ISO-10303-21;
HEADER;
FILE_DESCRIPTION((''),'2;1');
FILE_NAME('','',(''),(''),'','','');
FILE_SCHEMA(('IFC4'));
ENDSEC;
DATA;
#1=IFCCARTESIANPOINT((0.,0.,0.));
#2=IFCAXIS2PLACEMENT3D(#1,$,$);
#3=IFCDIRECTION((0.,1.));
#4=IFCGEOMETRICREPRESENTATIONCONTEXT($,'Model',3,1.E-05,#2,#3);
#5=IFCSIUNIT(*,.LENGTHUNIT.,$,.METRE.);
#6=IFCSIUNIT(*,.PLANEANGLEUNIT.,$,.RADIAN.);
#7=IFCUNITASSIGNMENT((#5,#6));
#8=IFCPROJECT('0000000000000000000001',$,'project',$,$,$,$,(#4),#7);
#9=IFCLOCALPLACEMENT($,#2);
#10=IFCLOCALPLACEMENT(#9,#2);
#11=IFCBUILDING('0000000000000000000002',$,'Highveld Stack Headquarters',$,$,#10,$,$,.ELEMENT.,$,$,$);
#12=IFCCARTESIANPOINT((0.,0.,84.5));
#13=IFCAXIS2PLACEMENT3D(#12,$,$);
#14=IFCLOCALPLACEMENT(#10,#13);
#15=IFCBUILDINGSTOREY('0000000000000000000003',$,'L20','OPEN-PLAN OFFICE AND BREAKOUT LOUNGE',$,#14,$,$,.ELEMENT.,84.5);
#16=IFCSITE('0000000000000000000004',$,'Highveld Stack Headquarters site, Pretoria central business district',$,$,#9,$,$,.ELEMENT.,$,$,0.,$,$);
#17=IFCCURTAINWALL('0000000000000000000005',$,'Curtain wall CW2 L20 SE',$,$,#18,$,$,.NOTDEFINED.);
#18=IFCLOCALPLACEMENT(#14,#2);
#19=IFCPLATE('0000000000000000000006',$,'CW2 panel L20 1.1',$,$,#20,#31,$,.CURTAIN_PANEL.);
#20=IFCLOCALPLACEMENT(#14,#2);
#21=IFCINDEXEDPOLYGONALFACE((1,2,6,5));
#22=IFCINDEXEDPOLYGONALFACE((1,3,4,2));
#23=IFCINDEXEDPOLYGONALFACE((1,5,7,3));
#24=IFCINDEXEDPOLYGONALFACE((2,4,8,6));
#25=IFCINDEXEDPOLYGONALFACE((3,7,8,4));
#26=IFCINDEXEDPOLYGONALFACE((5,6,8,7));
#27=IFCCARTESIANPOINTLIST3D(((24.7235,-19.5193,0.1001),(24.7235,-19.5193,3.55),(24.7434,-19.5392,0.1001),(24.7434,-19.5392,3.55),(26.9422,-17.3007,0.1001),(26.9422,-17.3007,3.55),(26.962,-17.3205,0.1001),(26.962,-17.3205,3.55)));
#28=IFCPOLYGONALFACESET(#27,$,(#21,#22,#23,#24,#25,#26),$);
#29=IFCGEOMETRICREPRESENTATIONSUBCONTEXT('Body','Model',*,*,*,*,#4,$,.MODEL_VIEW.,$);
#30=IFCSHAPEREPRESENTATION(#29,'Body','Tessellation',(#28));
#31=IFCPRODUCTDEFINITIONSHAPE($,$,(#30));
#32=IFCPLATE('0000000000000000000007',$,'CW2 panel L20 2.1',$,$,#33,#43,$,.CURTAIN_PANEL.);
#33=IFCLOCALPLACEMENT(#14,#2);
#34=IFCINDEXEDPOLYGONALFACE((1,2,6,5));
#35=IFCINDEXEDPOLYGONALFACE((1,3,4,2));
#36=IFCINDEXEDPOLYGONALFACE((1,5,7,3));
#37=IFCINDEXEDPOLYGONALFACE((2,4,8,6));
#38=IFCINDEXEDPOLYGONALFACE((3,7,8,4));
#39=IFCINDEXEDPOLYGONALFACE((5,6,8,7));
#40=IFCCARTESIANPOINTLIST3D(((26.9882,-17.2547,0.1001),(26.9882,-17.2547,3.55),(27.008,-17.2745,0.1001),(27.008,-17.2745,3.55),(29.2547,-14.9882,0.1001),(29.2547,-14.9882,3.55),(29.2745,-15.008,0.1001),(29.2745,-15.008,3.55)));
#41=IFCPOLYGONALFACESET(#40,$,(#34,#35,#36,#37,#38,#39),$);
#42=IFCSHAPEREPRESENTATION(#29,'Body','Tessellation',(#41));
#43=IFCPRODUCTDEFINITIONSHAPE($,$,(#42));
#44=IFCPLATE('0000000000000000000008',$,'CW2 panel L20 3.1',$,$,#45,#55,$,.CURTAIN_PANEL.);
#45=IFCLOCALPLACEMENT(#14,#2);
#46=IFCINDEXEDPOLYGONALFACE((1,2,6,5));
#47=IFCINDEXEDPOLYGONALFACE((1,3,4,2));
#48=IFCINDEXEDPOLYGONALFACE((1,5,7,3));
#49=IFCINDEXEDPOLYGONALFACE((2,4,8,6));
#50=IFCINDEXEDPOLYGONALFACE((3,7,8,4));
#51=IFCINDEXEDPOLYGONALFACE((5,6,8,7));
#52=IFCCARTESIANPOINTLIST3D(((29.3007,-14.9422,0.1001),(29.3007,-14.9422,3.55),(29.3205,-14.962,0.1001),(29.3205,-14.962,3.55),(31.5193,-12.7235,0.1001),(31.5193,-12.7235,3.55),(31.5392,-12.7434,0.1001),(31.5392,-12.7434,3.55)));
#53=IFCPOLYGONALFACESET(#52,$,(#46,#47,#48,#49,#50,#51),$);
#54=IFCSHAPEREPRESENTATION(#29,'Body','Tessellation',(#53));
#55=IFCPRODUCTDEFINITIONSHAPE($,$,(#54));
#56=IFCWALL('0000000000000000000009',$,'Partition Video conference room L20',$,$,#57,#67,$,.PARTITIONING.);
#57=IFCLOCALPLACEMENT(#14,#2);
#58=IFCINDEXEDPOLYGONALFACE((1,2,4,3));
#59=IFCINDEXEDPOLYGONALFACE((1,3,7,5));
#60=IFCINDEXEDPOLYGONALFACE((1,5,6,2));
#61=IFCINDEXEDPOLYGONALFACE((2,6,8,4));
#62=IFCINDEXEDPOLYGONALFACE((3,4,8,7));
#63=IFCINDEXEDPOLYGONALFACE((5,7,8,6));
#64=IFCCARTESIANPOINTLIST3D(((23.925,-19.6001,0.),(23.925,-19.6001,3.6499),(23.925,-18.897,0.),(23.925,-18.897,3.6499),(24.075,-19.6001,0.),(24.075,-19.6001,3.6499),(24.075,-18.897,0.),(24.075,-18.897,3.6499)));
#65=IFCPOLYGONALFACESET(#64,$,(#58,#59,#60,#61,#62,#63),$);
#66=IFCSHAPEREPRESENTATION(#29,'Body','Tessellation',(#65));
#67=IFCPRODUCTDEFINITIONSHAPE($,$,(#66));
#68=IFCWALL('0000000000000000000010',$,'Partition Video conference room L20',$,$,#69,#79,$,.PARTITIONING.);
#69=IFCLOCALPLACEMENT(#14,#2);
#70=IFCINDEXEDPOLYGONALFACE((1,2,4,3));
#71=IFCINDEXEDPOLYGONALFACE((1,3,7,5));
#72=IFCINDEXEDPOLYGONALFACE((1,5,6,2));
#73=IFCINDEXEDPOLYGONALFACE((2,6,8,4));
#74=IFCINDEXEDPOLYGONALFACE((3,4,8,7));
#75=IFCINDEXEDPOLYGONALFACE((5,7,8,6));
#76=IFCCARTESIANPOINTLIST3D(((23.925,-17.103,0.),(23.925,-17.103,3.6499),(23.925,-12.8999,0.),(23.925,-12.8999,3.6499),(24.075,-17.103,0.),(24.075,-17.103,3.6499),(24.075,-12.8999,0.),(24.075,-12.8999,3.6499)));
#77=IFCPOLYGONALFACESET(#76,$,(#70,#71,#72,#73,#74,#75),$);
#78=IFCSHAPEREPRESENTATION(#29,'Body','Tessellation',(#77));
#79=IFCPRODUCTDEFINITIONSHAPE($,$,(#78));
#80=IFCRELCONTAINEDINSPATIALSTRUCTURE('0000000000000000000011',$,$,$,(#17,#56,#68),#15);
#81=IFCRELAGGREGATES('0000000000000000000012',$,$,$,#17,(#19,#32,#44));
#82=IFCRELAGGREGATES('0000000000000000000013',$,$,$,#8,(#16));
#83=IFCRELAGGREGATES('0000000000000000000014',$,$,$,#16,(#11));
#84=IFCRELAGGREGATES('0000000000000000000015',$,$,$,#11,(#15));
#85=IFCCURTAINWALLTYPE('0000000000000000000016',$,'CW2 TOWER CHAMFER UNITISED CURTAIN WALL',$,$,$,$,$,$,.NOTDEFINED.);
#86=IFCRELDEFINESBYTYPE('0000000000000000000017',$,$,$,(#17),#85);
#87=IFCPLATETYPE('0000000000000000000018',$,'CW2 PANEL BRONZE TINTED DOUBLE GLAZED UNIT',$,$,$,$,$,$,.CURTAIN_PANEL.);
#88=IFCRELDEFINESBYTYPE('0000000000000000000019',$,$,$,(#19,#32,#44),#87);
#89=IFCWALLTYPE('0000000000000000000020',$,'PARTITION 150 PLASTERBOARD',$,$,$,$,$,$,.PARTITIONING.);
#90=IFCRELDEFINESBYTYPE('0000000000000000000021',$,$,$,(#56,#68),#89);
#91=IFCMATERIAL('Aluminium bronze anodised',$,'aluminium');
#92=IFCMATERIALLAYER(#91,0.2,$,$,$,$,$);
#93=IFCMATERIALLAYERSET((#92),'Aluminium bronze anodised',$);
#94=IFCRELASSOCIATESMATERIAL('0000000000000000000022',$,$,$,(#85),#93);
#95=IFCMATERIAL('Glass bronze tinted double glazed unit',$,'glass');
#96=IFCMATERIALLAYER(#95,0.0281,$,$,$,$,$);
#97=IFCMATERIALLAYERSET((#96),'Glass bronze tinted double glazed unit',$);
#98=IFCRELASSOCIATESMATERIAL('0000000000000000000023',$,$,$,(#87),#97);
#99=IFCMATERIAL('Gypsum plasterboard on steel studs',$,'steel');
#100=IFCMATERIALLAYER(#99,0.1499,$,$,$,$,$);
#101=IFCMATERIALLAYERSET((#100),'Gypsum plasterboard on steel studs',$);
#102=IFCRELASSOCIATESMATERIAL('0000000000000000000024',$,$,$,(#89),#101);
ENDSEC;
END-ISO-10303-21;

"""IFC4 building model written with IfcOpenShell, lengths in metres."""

from ifc_helpers import new_model, si_unit, direction, frame, frame_2d, origin, origin_2d, place, context, subcontext, project, spatial, rectangle, extrude, material, layer, layer_set, type_object, element, aggregate, save


model = new_model("IFC4")

# Units and contexts
model_context = context("Model", 3, precision=1e-05, world=origin(), true_north=direction((0.0, 1.0)))
body_context = subcontext(model_context, "Body", "Model", "MODEL_VIEW")
ifc_project = project(units=[si_unit("LENGTHUNIT", "METRE"), si_unit("PLANEANGLEUNIT", "RADIAN")], contexts=[model_context])

# Site, building, storey
site_placement = place(None, origin())
site = spatial("IfcSite", under=ifc_project, at=site_placement, Name="Highveld Stack Headquarters site, Pretoria central business district", CompositionType="ELEMENT", RefElevation=0.0)
building_placement = place(site_placement, origin())
building = spatial("IfcBuilding", under=site, at=building_placement, Name="Highveld Stack Headquarters", CompositionType="ELEMENT")
storey_placement = place(building_placement, frame((0.0, 0.0, 84.5)))
storey = spatial("IfcBuildingStorey", under=building, at=storey_placement, Name="L20", Description="OPEN-PLAN OFFICE AND BREAKOUT LOUNGE", CompositionType="ELEMENT", Elevation=84.5)

# Curtain wall
ifc_material_1 = material(Name="Aluminium bronze anodised", Category="aluminium")
ifc_layer_1 = layer(ifc_material_1, 0.2)
ifc_layer_set_1 = layer_set([ifc_layer_1], Name="Aluminium bronze anodised")
curtain_wall_type_1 = type_object("IfcCurtainWallType", Name="CW2 TOWER CHAMFER UNITISED CURTAIN WALL", PredefinedType="NOTDEFINED", material=ifc_layer_set_1)
curtain_wall_1_placement = place(storey_placement, origin())
curtain_wall_1 = element("IfcCurtainWall", 1, at=curtain_wall_1_placement, inside=storey, type_object=curtain_wall_type_1, Name="Curtain wall CW2 L20 SE", PredefinedType="NOTDEFINED")

# Plates
ifc_material_2 = material(Name="Glass bronze tinted double glazed unit", Category="glass")
ifc_layer_2 = layer(ifc_material_2, 0.0281)
ifc_layer_set_2 = layer_set([ifc_layer_2], Name="Glass bronze tinted double glazed unit")
plate_type_1 = type_object("IfcPlateType", Name="CW2 PANEL BRONZE TINTED DOUBLE GLAZED UNIT", PredefinedType="CURTAIN_PANEL", material=ifc_layer_set_2)
plate_1_placement = place(storey_placement, frame((25.8428, -18.4199, 0.1001), z_axis=(0.0, 0.0, 1.0), x_axis=(0.707107, 0.707107, 0.0)))
plate_1 = element("IfcPlate", 2, at=plate_1_placement, type_object=plate_type_1, Name="CW2 panel L20 1.1", PredefinedType="CURTAIN_PANEL", context=body_context, shape_type="SweptSolid", body=[
    extrude(rectangle(XDim=3.1377, YDim=0.0281, at=origin_2d()), origin(), (0.0, 0.0, 1.0), 3.45),
])
plate_2_placement = place(storey_placement, frame((28.1313, -16.1313, 0.1001), z_axis=(0.0, 0.0, 1.0), x_axis=(0.707107, 0.707107, 0.0)))
plate_2 = element("IfcPlate", 3, at=plate_2_placement, type_object=plate_type_1, Name="CW2 panel L20 2.1", PredefinedType="CURTAIN_PANEL", context=body_context, shape_type="SweptSolid", body=[
    extrude(rectangle(XDim=3.2053, YDim=0.0281, at=origin_2d()), origin(), (0.0, 0.0, 1.0), 3.45),
])
plate_3_placement = place(storey_placement, frame((30.4199, -13.8428, 0.1001), z_axis=(0.0, 0.0, 1.0), x_axis=(0.707107, 0.707107, 0.0)))
plate_3 = element("IfcPlate", 4, at=plate_3_placement, type_object=plate_type_1, Name="CW2 panel L20 3.1", PredefinedType="CURTAIN_PANEL", context=body_context, shape_type="SweptSolid", body=[
    extrude(rectangle(XDim=3.1377, YDim=0.0281, at=origin_2d()), origin(), (0.0, 0.0, 1.0), 3.45),
])
aggregate(curtain_wall_1, [plate_1, plate_2, plate_3])

# Walls
ifc_material_3 = material(Name="Gypsum plasterboard on steel studs", Category="steel")
ifc_layer_3 = layer(ifc_material_3, 0.1499)
ifc_layer_set_3 = layer_set([ifc_layer_3], Name="Gypsum plasterboard on steel studs")
wall_type = type_object("IfcWallType", Name="PARTITION 150 PLASTERBOARD", PredefinedType="PARTITIONING", material=ifc_layer_set_3)
wall_1_placement = place(storey_placement, frame((24.0, -19.6001, 0.0), z_axis=(0.0, 0.0, 1.0), x_axis=(0.0, 1.0, 0.0)))
element("IfcWall", 5, at=wall_1_placement, inside=storey, type_object=wall_type, Name="Partition Video conference room L20", PredefinedType="PARTITIONING", context=body_context, shape_type="SweptSolid", body=[
    extrude(rectangle(XDim=0.7031, YDim=0.1499, at=frame_2d((0.3516, 0.0))), origin(), (0.0, 0.0, 1.0), 3.6499),
])
wall_2_placement = place(storey_placement, frame((24.0, -17.103, 0.0), z_axis=(0.0, 0.0, 1.0), x_axis=(0.0, 1.0, 0.0)))
element("IfcWall", 6, at=wall_2_placement, inside=storey, type_object=wall_type, Name="Partition Video conference room L20", PredefinedType="PARTITIONING", context=body_context, shape_type="SweptSolid", body=[
    extrude(rectangle(XDim=4.2031, YDim=0.1499, at=frame_2d((2.1016, 0.0))), origin(), (0.0, 0.0, 1.0), 3.6499),
])

save(model, "model.ifc")
